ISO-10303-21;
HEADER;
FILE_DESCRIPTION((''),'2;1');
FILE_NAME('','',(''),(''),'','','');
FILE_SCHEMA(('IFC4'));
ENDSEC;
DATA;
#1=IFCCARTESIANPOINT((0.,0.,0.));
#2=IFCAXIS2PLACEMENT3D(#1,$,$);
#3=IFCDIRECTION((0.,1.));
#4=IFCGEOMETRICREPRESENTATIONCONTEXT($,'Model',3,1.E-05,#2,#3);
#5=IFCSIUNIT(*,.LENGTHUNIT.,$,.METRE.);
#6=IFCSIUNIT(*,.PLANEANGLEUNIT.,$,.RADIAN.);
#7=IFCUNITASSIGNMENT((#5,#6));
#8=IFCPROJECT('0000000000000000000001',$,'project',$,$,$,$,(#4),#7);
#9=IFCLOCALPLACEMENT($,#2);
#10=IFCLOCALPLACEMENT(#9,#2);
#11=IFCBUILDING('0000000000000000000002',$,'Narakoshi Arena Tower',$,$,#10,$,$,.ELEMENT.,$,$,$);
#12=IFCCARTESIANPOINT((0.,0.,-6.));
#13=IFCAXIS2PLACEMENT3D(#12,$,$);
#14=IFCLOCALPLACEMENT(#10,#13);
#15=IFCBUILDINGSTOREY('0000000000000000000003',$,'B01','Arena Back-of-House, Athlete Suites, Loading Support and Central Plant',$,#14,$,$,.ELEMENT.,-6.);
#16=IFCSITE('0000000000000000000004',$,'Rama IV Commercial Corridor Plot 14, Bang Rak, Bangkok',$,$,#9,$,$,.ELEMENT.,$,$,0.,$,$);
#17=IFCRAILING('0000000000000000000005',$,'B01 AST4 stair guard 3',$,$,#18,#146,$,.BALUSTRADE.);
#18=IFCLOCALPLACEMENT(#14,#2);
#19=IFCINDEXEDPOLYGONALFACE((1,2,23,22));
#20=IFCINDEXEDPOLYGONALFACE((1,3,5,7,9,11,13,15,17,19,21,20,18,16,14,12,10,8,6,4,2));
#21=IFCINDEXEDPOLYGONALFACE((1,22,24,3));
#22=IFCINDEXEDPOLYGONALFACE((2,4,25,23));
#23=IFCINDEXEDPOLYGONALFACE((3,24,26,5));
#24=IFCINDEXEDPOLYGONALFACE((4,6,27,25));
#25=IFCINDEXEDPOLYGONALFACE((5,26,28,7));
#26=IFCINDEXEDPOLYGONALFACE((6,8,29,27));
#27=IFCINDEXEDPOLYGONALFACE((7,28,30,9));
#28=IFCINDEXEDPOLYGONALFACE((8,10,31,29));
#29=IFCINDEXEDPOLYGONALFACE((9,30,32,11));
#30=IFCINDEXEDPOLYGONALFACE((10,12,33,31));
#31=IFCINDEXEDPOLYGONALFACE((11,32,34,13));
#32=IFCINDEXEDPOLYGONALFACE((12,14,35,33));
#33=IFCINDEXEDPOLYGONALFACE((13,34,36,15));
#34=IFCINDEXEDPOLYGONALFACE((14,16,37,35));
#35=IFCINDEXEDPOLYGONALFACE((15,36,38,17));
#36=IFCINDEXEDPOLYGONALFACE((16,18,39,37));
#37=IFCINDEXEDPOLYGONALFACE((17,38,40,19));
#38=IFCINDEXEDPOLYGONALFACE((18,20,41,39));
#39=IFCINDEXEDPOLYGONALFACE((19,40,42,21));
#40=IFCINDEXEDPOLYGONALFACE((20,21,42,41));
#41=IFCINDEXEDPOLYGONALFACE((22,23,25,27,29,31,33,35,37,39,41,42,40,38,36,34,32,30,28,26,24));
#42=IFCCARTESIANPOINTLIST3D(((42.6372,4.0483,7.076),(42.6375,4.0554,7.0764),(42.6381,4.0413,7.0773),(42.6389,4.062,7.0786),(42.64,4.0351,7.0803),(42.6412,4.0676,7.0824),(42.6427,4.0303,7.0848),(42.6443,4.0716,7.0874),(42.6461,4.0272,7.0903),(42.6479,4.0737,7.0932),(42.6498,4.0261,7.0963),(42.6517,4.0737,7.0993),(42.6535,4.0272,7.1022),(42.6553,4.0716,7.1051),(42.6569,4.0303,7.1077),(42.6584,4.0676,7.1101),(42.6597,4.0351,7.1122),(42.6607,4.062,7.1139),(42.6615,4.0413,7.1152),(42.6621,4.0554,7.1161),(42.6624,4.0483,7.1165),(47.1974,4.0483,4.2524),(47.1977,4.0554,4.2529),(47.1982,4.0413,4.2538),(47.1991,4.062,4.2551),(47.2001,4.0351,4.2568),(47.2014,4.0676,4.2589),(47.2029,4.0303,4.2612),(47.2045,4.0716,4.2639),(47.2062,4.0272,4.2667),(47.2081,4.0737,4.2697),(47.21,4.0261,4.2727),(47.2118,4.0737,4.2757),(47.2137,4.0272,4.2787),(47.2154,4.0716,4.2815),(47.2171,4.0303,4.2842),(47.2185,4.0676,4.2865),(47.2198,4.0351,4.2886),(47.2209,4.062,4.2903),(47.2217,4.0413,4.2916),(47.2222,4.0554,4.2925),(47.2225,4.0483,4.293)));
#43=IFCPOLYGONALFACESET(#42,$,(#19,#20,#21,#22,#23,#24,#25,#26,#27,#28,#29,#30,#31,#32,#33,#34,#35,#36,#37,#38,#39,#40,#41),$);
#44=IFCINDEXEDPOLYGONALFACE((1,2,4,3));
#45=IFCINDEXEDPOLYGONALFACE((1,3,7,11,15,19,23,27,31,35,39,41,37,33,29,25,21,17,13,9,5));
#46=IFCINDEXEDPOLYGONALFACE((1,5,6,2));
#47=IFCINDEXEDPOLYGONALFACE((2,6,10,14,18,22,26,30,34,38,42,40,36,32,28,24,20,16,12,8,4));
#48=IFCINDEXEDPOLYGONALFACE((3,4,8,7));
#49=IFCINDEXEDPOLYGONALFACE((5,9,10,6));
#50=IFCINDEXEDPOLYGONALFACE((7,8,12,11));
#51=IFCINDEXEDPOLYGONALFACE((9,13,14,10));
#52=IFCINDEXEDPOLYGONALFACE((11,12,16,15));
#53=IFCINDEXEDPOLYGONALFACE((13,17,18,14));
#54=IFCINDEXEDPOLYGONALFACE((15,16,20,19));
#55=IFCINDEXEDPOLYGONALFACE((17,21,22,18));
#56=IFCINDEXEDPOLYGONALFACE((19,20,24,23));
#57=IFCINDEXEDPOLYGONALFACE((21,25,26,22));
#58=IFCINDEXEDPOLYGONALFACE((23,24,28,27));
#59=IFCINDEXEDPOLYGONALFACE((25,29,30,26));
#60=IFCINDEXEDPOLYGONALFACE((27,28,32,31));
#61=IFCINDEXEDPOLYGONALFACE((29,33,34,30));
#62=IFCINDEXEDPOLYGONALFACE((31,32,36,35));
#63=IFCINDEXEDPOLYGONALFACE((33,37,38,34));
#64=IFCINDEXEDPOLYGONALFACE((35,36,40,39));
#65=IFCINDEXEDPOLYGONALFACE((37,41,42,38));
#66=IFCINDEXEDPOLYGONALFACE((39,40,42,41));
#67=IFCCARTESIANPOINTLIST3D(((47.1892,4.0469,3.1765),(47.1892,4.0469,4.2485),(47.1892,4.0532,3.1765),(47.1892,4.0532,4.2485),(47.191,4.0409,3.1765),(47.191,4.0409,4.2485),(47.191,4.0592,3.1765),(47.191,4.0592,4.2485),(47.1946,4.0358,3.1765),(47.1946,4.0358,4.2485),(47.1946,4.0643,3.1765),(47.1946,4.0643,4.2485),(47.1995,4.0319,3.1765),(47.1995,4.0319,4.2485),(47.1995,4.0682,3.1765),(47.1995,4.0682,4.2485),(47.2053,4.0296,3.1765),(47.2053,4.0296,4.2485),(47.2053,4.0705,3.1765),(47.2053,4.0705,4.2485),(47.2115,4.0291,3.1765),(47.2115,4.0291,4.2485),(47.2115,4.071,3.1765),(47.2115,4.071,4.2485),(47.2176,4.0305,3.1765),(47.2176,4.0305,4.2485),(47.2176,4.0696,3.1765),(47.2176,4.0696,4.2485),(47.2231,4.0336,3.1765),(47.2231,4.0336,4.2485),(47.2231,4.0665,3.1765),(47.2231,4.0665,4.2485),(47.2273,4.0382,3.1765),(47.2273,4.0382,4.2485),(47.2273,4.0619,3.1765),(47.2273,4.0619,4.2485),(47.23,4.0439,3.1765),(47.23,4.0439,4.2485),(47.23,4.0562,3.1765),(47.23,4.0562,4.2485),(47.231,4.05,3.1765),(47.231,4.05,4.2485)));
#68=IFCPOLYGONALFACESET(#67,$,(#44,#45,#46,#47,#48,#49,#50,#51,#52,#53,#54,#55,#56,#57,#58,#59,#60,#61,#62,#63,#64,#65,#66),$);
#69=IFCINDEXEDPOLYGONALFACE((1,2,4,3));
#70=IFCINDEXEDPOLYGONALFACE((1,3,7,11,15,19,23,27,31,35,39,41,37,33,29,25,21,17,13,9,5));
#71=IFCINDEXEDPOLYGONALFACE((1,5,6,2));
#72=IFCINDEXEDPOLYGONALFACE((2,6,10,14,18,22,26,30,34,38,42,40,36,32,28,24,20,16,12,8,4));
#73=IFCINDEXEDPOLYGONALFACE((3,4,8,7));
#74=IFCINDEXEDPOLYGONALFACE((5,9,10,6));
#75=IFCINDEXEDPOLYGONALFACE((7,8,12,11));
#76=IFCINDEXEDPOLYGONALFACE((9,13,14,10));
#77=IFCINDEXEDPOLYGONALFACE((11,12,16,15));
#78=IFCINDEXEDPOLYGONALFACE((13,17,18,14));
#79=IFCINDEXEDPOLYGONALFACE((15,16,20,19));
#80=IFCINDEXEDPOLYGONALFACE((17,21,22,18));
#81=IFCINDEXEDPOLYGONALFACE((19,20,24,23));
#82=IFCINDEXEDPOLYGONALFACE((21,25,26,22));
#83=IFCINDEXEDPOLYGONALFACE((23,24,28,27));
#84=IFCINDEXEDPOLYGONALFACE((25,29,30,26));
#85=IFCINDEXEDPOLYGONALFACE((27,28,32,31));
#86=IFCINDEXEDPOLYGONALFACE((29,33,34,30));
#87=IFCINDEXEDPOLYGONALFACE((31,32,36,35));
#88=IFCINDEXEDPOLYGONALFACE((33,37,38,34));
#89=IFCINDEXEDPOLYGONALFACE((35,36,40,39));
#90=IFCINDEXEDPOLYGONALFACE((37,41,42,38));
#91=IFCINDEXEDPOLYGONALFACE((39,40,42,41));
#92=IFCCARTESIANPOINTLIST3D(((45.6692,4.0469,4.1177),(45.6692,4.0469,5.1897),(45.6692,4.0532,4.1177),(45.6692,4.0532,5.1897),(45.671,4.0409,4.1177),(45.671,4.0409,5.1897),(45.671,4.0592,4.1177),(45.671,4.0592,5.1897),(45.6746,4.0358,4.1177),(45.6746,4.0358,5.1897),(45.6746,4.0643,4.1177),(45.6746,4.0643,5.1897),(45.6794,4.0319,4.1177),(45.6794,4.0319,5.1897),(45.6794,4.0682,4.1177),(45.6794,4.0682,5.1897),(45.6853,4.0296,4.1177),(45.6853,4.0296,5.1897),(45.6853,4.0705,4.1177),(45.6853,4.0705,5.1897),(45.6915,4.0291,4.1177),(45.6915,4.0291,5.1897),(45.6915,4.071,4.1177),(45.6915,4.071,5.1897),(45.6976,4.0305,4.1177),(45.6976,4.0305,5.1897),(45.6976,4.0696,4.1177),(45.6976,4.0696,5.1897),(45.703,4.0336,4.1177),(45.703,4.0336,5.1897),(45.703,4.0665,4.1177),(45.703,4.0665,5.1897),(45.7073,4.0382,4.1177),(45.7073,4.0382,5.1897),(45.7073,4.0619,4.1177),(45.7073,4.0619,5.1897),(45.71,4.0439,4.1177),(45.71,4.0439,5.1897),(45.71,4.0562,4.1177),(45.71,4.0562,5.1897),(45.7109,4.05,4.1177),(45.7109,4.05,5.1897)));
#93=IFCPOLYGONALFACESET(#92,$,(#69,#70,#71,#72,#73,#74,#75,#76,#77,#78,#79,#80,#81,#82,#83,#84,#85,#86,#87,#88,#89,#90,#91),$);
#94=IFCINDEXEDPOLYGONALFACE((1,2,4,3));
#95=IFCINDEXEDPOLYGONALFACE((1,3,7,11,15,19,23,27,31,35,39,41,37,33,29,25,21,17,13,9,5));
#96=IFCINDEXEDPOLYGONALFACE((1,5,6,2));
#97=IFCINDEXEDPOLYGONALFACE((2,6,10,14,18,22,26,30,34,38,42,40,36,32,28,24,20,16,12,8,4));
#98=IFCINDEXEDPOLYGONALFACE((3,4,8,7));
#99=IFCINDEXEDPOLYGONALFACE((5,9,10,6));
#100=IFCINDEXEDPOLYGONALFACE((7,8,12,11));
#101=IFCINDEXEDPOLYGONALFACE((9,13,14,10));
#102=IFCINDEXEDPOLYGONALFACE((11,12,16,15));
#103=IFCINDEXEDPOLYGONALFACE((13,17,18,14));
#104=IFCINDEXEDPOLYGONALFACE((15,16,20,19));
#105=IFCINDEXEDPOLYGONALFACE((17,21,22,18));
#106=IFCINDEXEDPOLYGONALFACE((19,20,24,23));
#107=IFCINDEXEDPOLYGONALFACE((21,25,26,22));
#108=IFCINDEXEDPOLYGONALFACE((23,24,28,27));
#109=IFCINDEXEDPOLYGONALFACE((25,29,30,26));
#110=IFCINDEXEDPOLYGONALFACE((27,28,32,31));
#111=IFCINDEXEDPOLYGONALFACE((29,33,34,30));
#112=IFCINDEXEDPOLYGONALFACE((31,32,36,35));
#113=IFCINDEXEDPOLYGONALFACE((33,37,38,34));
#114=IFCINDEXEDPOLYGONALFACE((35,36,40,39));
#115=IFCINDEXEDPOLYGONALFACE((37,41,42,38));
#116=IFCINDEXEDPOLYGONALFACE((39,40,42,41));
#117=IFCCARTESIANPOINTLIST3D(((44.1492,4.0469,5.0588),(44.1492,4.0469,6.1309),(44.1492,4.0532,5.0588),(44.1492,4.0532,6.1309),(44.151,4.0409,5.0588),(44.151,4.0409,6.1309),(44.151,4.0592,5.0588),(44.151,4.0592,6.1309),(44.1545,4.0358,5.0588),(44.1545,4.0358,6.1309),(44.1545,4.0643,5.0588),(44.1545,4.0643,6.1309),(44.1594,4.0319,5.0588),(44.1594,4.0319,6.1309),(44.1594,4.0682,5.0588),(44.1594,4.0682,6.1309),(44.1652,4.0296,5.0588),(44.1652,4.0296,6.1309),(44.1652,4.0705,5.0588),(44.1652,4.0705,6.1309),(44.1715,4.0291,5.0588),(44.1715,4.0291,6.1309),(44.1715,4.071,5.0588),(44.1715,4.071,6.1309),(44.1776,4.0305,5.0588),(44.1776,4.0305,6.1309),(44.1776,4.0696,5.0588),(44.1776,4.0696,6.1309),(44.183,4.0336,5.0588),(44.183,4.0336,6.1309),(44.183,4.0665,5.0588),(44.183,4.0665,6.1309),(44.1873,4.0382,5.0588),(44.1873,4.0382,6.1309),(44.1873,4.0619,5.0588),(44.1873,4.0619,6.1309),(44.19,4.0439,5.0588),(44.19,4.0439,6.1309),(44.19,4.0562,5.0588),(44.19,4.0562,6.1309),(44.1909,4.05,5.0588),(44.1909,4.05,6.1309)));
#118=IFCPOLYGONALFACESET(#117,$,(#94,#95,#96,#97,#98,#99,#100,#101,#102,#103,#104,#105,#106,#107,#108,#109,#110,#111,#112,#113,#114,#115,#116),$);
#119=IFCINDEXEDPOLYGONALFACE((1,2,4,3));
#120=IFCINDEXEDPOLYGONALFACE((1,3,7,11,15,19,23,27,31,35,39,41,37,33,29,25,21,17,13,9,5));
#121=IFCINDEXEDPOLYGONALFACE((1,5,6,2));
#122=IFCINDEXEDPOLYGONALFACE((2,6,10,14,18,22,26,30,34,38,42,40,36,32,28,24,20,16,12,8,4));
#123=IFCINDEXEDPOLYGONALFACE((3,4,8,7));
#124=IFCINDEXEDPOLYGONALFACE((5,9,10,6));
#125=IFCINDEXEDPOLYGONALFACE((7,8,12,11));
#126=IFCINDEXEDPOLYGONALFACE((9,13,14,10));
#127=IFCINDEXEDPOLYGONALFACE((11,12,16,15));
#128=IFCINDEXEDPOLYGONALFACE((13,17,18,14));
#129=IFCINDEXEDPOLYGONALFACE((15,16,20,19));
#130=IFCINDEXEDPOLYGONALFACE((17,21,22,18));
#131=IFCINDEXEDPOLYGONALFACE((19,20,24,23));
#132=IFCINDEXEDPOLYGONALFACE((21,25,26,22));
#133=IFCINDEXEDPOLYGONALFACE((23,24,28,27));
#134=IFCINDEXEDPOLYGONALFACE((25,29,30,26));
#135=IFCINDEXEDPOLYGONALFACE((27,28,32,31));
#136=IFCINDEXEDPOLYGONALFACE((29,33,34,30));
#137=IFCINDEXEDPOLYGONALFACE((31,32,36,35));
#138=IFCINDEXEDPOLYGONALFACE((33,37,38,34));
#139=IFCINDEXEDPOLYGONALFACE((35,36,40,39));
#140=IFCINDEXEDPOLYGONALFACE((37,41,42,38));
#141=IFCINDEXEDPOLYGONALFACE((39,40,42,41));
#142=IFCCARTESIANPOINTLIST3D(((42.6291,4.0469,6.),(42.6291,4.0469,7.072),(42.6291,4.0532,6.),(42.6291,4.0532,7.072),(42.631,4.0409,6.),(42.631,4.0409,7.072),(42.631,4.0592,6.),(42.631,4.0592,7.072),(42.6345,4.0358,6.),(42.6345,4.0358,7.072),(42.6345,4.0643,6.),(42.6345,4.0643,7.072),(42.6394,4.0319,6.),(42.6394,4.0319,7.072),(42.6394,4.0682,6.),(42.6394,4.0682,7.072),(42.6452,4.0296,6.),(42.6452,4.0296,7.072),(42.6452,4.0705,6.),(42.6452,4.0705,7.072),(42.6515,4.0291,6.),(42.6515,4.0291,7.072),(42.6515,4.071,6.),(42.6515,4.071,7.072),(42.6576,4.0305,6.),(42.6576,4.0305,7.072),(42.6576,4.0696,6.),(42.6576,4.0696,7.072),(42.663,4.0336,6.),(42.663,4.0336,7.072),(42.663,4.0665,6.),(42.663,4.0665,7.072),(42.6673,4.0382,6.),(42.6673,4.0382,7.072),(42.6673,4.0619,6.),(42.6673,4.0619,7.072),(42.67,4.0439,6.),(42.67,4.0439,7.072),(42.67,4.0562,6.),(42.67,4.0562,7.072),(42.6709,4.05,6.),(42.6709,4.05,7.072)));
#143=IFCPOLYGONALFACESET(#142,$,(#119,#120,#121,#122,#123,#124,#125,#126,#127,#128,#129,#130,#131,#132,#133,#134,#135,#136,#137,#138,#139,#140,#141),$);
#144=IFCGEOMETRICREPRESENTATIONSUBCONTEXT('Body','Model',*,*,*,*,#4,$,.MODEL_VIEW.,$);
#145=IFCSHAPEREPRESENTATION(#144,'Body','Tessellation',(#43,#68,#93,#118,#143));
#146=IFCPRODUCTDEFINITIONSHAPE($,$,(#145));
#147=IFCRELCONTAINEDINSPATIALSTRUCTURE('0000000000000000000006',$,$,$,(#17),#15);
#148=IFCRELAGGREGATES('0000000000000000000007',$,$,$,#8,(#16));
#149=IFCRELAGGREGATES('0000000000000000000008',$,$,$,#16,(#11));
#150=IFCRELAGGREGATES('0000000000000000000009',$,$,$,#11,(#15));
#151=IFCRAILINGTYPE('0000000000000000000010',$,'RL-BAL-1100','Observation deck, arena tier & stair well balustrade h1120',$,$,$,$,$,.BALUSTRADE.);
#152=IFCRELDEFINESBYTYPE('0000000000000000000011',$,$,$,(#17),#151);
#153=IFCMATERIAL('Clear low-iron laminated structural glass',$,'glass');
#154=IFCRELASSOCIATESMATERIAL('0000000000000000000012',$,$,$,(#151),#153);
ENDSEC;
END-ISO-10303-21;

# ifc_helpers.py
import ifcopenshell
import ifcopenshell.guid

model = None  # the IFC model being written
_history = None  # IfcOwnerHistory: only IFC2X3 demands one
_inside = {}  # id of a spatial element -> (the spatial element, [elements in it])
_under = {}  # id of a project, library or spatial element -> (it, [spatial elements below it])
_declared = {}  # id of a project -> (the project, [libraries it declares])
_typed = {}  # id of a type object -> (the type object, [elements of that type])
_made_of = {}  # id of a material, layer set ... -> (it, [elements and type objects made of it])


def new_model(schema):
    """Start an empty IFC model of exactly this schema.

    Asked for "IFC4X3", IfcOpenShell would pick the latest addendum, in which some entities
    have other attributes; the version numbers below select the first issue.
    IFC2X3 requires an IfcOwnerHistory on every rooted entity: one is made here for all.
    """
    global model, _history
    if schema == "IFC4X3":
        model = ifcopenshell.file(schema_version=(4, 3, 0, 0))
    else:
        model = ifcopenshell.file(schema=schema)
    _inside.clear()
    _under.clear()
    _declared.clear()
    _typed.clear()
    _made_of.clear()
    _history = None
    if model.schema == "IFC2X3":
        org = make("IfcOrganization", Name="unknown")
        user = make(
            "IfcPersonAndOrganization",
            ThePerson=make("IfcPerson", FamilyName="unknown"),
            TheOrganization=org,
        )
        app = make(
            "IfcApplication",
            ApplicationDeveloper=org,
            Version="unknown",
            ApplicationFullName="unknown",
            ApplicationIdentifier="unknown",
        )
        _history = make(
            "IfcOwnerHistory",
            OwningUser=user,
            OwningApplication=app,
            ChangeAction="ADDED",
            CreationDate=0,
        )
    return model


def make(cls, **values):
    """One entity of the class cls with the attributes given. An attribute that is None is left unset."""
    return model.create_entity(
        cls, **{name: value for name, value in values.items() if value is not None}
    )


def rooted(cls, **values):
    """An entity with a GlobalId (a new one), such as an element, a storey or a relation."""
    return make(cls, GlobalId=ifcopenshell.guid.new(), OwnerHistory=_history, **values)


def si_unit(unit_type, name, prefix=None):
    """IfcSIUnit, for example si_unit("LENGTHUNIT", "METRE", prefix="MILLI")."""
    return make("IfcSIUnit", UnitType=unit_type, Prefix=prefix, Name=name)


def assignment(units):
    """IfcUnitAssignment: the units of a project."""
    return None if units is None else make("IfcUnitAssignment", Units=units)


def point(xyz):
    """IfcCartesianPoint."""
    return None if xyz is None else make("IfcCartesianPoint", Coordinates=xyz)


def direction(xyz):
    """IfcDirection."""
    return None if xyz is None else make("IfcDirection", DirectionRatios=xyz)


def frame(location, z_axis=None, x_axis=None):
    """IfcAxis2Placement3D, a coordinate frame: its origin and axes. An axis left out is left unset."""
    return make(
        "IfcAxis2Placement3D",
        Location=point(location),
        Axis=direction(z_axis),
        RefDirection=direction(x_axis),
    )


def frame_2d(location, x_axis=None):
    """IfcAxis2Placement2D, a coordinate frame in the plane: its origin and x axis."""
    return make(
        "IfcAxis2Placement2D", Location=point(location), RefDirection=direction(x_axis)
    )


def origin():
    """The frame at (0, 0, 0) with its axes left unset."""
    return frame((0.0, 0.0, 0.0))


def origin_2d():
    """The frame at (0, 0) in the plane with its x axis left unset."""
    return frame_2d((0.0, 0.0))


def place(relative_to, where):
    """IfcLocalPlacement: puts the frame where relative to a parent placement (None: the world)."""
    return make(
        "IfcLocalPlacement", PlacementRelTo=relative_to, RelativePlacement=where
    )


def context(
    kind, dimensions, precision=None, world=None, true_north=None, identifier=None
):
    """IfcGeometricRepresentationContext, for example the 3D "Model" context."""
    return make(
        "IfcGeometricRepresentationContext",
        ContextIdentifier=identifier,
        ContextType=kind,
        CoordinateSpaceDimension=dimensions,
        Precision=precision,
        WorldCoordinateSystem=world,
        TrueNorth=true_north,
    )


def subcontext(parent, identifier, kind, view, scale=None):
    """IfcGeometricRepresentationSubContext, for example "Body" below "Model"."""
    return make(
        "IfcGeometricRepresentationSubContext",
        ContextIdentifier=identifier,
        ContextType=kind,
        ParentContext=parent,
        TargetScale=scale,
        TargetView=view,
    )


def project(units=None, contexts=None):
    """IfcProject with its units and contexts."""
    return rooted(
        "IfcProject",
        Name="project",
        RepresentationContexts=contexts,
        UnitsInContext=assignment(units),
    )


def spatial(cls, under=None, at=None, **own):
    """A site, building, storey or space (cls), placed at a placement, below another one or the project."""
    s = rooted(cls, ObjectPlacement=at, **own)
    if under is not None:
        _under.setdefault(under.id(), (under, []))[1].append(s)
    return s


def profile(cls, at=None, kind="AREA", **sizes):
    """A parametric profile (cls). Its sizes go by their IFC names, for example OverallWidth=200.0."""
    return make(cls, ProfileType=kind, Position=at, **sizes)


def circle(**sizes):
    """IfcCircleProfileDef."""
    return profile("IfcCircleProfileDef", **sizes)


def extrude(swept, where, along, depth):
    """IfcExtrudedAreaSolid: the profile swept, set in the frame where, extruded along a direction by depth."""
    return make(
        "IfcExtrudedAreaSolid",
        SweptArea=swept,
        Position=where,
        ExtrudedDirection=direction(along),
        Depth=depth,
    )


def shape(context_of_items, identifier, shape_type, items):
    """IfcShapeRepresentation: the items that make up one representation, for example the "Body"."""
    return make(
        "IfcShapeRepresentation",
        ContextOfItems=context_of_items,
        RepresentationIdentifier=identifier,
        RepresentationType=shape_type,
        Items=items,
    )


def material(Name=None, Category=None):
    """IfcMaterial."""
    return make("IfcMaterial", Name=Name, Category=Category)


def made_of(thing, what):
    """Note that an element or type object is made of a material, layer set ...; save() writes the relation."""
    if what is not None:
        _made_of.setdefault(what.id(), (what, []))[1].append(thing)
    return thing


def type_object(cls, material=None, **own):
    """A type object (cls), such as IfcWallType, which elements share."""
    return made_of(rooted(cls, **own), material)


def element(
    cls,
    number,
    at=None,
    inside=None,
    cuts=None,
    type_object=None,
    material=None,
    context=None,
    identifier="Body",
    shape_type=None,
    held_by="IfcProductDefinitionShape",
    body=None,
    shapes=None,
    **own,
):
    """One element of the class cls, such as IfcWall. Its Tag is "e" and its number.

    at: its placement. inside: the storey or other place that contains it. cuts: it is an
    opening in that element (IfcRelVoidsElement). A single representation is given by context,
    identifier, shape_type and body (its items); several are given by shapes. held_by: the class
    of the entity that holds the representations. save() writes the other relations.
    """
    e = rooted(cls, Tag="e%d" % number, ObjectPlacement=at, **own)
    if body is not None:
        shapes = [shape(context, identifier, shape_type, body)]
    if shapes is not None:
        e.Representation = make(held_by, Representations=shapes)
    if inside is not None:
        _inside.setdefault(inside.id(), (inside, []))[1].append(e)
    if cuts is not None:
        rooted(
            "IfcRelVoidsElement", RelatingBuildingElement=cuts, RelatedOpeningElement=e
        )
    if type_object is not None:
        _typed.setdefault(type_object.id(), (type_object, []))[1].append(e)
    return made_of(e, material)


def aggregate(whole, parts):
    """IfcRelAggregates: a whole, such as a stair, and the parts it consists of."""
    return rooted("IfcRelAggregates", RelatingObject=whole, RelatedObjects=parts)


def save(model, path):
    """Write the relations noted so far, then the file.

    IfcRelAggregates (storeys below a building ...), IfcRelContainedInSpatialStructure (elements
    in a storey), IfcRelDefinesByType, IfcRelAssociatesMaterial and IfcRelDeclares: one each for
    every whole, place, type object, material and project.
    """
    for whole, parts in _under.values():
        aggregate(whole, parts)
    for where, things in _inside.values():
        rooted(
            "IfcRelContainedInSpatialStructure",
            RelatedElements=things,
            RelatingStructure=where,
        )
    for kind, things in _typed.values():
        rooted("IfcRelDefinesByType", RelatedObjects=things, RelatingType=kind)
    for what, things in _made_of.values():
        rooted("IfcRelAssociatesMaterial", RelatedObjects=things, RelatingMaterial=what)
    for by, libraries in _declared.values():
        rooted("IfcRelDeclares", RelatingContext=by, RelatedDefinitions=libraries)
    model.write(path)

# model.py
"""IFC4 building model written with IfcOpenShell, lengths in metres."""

from ifc_helpers import new_model, si_unit, direction, frame, origin, origin_2d, place, context, subcontext, project, spatial, circle, extrude, material, type_object, element, save


model = new_model("IFC4")

# Units and contexts
model_context = context("Model", 3, precision=1e-05, world=origin(), true_north=direction((0.0, 1.0)))
body_context = subcontext(model_context, "Body", "Model", "MODEL_VIEW")
ifc_project = project(units=[si_unit("LENGTHUNIT", "METRE"), si_unit("PLANEANGLEUNIT", "RADIAN")], contexts=[model_context])

# Site, building, storey
site_placement = place(None, origin())
site = spatial("IfcSite", under=ifc_project, at=site_placement, Name="Rama IV Commercial Corridor Plot 14, Bang Rak, Bangkok", CompositionType="ELEMENT", RefElevation=0.0)
building_placement = place(site_placement, origin())
building = spatial("IfcBuilding", under=site, at=building_placement, Name="Narakoshi Arena Tower", CompositionType="ELEMENT")
storey_placement = place(building_placement, frame((0.0, 0.0, -6.0)))
storey = spatial("IfcBuildingStorey", under=building, at=storey_placement, Name="B01", Description="Arena Back-of-House, Athlete Suites, Loading Support and Central Plant", CompositionType="ELEMENT", Elevation=-6.0)

# Railing
ifc_material_1 = material(Name="Clear low-iron laminated structural glass", Category="glass")
railing_type_1 = type_object("IfcRailingType", Name="RL-BAL-1100", Description="Observation deck, arena tier & stair well balustrade h1120", PredefinedType="BALUSTRADE", material=ifc_material_1)
railing_1_placement = place(storey_placement, frame((47.21, 4.05, 3.1765)))
element("IfcRailing", 1, at=railing_1_placement, inside=storey, type_object=railing_type_1, Name="B01 AST4 stair guard 3", PredefinedType="BALUSTRADE", context=body_context, shape_type="SweptSolid", body=[
    extrude(circle(Radius=0.0239, at=origin_2d()), frame((0.0, 0.0, 1.0962), z_axis=(-0.850216, 0.0, 0.526435), x_axis=(0.0, -1.0, 0.0)), (0.0, 0.0, 1.0), 5.3635),
    extrude(circle(Radius=0.021, at=origin_2d()), origin(), (0.0, 0.0, 1.0), 1.072),
    extrude(circle(Radius=0.021, at=origin_2d()), frame((-1.52, 0.0, 0.9412)), (0.0, 0.0, 1.0), 1.072),
    extrude(circle(Radius=0.021, at=origin_2d()), frame((-3.04, 0.0, 1.8823)), (0.0, 0.0, 1.0), 1.072),
    extrude(circle(Radius=0.021, at=origin_2d()), frame((-4.5601, 0.0, 2.8235)), (0.0, 0.0, 1.0), 1.072),
])

save(model, "model.ifc")
